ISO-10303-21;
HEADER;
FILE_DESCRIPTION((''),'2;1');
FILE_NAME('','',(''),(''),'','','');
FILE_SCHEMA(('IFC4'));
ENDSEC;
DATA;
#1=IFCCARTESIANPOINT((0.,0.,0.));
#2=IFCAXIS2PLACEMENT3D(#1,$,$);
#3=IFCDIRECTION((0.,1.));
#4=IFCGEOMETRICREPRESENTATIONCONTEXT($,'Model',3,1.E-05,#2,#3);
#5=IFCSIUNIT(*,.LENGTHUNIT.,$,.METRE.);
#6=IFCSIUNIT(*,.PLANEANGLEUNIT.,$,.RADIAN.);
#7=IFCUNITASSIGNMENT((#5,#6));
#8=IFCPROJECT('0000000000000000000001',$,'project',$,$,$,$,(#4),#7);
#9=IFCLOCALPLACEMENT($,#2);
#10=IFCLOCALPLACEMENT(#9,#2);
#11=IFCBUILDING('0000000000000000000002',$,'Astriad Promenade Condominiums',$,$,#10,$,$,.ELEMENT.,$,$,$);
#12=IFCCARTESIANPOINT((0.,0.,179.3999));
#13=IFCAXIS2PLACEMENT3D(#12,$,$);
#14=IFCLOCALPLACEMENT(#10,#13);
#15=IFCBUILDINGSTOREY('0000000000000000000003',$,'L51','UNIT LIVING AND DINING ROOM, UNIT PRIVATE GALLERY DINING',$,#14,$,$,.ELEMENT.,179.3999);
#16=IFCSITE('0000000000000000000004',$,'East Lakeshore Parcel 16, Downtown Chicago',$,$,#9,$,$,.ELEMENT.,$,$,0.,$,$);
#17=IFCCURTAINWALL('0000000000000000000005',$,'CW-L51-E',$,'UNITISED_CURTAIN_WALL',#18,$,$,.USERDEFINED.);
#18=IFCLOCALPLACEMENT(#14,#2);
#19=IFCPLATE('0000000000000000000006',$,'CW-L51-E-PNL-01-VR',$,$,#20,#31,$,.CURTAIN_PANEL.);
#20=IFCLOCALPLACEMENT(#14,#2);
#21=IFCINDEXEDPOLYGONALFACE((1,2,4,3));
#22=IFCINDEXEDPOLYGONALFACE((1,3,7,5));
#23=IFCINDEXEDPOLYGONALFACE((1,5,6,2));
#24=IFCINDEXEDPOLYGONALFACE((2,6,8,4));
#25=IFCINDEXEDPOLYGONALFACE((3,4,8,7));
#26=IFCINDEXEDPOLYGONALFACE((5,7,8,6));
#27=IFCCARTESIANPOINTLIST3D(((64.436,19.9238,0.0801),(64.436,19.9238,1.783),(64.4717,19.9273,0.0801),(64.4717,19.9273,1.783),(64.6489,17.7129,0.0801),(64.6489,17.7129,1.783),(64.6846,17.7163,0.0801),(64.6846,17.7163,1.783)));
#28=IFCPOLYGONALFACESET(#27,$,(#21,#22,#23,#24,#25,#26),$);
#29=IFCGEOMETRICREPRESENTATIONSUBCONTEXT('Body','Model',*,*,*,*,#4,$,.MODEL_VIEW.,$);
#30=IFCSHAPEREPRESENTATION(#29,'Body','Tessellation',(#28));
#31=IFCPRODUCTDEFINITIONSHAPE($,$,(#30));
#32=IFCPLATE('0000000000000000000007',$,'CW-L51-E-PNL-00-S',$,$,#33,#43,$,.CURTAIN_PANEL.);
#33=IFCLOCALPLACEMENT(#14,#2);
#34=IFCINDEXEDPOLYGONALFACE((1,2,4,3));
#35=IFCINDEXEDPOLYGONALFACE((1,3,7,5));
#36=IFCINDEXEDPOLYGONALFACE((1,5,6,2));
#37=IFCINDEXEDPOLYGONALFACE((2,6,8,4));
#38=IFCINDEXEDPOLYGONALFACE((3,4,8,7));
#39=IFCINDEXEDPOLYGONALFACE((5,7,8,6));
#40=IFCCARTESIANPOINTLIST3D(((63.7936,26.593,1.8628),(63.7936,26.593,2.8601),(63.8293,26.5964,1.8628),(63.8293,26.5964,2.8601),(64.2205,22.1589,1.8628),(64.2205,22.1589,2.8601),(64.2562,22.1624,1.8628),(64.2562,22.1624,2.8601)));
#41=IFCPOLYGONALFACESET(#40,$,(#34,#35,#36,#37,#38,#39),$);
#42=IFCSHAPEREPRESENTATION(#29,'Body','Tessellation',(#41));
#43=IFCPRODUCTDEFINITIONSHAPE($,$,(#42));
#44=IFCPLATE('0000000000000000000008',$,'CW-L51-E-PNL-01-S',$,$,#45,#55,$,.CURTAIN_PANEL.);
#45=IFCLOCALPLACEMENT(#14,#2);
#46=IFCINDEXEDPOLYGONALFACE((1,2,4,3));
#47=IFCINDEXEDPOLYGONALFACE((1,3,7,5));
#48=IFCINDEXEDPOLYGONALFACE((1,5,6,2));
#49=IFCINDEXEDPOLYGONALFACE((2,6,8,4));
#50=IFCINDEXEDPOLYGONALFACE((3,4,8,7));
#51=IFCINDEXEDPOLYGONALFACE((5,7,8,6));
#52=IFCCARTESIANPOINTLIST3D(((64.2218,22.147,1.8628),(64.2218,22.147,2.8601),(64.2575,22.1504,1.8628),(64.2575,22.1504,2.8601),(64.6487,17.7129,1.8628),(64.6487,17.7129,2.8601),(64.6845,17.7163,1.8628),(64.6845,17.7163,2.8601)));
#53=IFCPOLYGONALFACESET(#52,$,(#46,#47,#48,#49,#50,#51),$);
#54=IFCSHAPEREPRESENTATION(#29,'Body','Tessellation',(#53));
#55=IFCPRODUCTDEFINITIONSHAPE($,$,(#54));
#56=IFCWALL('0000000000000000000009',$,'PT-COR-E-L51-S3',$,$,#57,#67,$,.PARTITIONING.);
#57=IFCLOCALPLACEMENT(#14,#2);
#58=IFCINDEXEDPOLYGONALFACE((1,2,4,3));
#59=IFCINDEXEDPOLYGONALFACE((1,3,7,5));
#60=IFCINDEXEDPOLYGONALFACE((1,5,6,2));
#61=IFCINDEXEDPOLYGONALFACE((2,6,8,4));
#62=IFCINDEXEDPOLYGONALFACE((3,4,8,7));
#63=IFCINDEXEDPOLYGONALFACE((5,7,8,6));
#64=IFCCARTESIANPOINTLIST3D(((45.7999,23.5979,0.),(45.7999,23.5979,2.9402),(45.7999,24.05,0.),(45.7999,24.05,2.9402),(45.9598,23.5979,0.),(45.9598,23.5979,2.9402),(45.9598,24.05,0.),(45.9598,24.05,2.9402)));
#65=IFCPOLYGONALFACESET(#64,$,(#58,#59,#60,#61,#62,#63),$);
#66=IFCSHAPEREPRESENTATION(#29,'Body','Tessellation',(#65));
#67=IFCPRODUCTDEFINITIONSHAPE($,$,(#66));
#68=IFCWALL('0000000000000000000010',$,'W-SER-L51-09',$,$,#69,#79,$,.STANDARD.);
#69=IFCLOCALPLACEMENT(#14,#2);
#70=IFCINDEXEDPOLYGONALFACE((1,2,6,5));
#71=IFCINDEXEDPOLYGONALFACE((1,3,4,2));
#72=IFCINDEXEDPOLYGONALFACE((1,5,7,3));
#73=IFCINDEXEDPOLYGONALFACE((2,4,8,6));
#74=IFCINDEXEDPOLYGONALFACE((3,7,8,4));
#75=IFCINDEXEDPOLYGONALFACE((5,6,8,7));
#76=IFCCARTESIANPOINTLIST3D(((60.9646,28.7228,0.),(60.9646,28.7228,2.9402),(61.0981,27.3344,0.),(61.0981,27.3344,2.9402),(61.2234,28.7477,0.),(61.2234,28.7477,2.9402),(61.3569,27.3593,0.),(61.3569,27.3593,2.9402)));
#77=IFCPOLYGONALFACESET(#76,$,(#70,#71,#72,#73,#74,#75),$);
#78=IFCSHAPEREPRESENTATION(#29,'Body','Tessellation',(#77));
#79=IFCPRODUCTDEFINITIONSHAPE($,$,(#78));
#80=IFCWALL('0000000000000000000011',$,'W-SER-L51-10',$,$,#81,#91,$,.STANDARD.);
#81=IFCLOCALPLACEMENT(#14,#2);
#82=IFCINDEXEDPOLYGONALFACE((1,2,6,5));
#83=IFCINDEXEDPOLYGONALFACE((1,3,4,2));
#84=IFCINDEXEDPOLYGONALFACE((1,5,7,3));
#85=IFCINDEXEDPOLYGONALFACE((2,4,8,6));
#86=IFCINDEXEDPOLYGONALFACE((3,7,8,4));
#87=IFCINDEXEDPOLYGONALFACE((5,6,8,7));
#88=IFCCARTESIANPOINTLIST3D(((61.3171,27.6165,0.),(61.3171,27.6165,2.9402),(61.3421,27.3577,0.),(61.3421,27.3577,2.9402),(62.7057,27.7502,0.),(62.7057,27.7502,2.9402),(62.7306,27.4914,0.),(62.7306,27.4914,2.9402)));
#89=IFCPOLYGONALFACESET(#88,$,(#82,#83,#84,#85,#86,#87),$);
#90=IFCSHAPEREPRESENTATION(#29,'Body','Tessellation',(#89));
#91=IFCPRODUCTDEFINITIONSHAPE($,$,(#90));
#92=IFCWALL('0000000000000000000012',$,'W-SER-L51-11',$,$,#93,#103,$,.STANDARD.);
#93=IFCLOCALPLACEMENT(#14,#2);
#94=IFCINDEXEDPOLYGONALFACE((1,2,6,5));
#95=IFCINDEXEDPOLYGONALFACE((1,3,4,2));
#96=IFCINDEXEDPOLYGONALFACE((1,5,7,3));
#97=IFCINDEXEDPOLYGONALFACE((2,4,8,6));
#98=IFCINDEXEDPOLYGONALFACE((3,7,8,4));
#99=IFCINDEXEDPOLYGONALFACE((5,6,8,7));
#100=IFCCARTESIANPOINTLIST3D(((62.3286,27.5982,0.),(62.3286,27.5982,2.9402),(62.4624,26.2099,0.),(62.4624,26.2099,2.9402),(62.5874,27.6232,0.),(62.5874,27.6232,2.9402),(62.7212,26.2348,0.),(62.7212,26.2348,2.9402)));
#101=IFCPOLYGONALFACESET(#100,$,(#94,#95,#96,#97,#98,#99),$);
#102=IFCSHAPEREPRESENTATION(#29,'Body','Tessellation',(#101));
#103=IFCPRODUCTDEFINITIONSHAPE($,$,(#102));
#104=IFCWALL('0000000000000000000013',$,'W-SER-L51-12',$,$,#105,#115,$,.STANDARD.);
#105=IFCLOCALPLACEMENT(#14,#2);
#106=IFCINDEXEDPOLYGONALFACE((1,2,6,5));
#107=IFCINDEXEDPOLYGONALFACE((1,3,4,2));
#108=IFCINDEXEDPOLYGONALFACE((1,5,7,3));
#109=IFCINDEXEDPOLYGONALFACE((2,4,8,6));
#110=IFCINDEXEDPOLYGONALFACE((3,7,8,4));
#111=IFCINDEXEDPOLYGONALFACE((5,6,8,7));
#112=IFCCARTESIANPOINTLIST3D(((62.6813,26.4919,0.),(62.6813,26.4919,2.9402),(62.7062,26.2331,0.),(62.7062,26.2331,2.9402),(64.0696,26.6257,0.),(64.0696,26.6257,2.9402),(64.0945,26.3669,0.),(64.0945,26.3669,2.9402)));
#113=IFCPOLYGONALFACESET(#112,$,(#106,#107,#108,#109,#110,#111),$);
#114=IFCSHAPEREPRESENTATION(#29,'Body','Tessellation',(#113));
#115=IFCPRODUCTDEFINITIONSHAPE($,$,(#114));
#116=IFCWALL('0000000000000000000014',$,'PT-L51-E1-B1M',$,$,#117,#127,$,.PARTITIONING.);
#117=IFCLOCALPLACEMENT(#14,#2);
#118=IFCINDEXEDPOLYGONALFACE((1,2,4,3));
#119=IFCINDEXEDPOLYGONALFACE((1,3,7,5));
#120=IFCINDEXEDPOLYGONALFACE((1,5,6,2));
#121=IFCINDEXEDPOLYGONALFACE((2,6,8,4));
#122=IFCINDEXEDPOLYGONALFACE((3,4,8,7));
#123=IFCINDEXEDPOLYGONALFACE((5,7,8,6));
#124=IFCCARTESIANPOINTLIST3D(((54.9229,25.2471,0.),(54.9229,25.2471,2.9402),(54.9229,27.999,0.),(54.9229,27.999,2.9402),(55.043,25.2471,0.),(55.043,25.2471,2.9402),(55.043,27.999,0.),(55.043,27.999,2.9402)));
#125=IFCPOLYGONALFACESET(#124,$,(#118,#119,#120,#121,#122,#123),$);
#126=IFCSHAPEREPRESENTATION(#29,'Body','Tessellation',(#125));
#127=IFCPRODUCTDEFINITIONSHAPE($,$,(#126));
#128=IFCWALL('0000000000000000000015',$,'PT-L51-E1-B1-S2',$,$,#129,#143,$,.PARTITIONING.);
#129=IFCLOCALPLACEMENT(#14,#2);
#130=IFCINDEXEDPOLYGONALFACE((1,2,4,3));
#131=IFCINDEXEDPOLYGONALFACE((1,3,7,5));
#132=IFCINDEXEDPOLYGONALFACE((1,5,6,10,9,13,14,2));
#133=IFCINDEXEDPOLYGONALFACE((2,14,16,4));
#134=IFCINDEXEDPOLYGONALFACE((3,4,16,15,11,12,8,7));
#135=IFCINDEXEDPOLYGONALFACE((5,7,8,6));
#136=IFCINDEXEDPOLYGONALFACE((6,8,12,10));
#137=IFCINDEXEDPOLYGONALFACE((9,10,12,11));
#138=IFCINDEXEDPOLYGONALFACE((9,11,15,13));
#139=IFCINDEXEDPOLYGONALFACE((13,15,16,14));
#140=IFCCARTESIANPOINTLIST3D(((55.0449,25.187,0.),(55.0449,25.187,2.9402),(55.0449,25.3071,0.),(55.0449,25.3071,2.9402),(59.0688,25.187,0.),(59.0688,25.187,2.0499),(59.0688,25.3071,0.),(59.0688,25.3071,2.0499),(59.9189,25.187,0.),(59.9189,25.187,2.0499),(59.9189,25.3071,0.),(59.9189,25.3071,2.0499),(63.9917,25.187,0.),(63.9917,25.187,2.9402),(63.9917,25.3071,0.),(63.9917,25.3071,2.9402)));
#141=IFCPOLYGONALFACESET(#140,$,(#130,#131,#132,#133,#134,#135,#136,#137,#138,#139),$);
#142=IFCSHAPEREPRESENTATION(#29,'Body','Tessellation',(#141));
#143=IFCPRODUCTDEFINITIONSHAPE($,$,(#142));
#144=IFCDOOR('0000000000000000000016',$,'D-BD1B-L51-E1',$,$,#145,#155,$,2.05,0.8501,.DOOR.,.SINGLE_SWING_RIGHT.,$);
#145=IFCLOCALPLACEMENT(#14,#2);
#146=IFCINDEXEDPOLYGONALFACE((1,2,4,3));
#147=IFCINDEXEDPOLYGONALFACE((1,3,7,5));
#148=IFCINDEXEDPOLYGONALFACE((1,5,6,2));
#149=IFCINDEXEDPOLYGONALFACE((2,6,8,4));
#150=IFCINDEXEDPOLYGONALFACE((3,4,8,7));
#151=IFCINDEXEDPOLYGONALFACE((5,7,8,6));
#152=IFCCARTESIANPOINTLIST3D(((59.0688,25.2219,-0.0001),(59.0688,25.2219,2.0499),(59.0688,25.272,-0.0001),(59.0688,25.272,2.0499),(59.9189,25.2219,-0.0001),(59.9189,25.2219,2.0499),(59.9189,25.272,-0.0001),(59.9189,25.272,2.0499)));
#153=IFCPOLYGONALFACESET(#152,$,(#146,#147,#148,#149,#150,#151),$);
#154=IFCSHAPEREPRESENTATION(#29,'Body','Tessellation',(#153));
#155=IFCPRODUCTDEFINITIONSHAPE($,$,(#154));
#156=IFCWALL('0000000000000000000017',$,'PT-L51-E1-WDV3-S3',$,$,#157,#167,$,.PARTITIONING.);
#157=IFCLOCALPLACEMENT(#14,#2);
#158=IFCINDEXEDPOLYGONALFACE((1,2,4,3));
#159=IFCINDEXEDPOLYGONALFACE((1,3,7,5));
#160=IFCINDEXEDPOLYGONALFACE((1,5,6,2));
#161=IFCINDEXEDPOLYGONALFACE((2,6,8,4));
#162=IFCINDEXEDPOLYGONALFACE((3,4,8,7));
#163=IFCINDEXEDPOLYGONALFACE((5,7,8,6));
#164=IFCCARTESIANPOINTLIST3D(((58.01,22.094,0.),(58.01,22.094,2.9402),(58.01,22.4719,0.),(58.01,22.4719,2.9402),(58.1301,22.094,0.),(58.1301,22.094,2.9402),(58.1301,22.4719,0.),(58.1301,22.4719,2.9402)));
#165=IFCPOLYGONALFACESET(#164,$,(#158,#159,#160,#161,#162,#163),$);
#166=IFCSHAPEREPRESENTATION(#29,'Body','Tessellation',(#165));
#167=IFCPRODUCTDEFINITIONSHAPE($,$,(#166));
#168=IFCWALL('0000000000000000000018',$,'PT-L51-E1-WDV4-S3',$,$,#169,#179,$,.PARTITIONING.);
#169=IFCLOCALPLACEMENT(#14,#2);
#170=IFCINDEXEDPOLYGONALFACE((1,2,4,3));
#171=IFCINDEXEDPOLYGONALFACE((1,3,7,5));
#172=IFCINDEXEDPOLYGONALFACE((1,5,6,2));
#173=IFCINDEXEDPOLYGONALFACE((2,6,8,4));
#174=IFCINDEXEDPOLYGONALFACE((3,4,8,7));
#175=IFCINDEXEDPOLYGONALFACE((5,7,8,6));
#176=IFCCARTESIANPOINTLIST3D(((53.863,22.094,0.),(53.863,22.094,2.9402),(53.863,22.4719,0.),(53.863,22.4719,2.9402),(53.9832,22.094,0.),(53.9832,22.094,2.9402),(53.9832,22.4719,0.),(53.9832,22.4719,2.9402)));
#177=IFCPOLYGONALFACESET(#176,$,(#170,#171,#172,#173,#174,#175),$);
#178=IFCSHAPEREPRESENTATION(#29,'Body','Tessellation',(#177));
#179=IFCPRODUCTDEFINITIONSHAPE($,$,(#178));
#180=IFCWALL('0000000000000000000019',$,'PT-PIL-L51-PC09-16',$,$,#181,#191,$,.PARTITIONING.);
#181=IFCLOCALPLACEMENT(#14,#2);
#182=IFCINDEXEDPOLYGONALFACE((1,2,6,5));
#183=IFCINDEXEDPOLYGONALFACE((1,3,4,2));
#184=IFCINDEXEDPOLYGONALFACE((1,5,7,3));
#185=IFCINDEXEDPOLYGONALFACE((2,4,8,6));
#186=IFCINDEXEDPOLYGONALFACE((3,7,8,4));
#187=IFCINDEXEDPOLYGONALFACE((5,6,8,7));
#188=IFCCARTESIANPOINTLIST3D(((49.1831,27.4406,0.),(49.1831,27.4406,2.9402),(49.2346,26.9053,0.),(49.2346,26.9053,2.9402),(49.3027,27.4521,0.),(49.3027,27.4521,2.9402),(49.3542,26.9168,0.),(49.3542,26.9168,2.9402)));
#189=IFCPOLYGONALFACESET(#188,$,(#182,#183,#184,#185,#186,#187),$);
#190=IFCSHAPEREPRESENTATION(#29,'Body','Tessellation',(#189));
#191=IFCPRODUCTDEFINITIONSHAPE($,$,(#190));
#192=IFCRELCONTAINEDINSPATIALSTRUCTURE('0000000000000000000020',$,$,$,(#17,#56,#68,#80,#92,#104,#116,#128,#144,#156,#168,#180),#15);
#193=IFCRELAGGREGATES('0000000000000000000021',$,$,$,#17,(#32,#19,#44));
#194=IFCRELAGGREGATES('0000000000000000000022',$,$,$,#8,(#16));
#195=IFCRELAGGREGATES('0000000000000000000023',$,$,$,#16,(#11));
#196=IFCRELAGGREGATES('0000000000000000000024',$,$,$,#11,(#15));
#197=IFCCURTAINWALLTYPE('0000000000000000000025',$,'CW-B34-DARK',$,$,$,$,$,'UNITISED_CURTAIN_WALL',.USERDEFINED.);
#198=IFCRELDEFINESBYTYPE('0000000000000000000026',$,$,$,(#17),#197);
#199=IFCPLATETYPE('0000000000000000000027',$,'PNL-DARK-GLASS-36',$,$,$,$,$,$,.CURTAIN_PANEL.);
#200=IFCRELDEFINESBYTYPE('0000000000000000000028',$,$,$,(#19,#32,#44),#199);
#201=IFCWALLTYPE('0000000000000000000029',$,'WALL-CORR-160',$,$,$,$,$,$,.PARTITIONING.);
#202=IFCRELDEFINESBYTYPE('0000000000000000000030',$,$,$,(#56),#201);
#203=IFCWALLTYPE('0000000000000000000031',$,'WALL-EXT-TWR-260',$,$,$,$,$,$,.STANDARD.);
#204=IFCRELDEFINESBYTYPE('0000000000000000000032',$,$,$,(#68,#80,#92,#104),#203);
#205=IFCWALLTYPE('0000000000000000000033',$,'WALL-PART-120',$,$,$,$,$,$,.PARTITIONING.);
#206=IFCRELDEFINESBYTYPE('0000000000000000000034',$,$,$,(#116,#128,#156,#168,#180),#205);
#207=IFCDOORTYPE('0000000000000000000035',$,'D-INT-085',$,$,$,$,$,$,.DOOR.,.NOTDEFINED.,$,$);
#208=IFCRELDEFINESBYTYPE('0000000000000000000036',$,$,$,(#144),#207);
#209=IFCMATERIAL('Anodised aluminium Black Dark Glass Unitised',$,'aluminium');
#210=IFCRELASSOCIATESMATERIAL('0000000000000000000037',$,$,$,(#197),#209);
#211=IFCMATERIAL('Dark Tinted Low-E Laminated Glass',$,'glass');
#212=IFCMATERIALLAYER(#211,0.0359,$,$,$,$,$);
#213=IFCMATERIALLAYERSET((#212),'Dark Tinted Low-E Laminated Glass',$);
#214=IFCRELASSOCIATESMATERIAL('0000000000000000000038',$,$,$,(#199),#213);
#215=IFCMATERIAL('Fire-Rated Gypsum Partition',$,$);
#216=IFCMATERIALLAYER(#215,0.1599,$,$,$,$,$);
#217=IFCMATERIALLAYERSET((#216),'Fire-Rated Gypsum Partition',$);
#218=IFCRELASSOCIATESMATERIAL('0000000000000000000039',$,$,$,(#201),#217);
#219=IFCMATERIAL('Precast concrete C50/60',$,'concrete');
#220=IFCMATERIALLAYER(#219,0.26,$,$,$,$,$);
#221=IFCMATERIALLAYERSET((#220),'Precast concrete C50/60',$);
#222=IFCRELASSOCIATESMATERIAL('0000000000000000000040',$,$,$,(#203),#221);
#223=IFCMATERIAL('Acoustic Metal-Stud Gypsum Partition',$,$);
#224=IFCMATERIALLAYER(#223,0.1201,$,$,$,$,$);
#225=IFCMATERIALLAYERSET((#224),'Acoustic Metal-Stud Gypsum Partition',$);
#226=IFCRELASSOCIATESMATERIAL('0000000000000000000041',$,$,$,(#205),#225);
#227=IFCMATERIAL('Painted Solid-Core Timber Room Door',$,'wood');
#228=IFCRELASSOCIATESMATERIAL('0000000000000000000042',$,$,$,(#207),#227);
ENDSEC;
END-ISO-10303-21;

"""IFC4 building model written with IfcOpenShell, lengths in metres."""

from ifc_helpers import new_model, si_unit, direction, frame, frame_2d, origin, origin_2d, place, context, subcontext, project, spatial, rectangle, extrude, source, transform, mapped, material, layer, layer_set, type_object, type_shapes, element, fill, aggregate, save


model = new_model("IFC4")

# Units and contexts
model_context = context("Model", 3, precision=1e-05, world=origin(), true_north=direction((0.0, 1.0)))
body_context = subcontext(model_context, "Body", "Model", "MODEL_VIEW")
ifc_project = project(units=[si_unit("LENGTHUNIT", "METRE"), si_unit("PLANEANGLEUNIT", "RADIAN")], contexts=[model_context])

# Site, building, storey
site_placement = place(None, origin())
site = spatial("IfcSite", under=ifc_project, at=site_placement, Name="East Lakeshore Parcel 16, Downtown Chicago", CompositionType="ELEMENT", RefElevation=0.0)
building_placement = place(site_placement, origin())
building = spatial("IfcBuilding", under=site, at=building_placement, Name="Astriad Promenade Condominiums", CompositionType="ELEMENT")
storey_placement = place(building_placement, frame((0.0, 0.0, 179.3999)))
storey = spatial("IfcBuildingStorey", under=building, at=storey_placement, Name="L51", Description="UNIT LIVING AND DINING ROOM, UNIT PRIVATE GALLERY DINING", CompositionType="ELEMENT", Elevation=179.3999)

# Curtain wall, plates
ifc_material_1 = material(Name="Anodised aluminium Black Dark Glass Unitised", Category="aluminium")
curtain_wall_type = type_object("IfcCurtainWallType", Name="CW-B34-DARK", ElementType="UNITISED_CURTAIN_WALL", PredefinedType="USERDEFINED", material=ifc_material_1)
curtain_wall_placement = place(storey_placement, origin())
curtain_wall = element("IfcCurtainWall", 1, at=curtain_wall_placement, inside=storey, type_object=curtain_wall_type, Name="CW-L51-E", ObjectType="UNITISED_CURTAIN_WALL", PredefinedType="USERDEFINED")
ifc_material_2 = material(Name="Dark Tinted Low-E Laminated Glass", Category="glass")
ifc_layer_1 = layer(ifc_material_2, 0.0359)
ifc_layer_set_1 = layer_set([ifc_layer_1], Name="Dark Tinted Low-E Laminated Glass")
plate_type = type_object("IfcPlateType", Name="PNL-DARK-GLASS-36", PredefinedType="CURTAIN_PANEL", material=ifc_layer_set_1)
shared_shape_1 = source(origin(), body_context, "Body", "SweptSolid", [
    extrude(rectangle(XDim=2.2212, YDim=0.0359, at=origin_2d()), origin(), (0.0, 0.0, 1.0), 1.7029),
])
plate_1_placement = place(storey_placement, frame((64.5603, 18.8201, 0.0801), z_axis=(0.0, 0.0, 1.0), x_axis=(0.095846, -0.995396, 0.0)))
plate_1 = element("IfcPlate", 2, at=plate_1_placement, type_object=plate_type, Name="CW-L51-E-PNL-01-VR", PredefinedType="CURTAIN_PANEL", context=body_context, shape_type="MappedRepresentation", body=[
    mapped(shared_shape_1, transform((0.0, 0.0, 0.0), scale=1.0)),
])
shared_shape_2 = source(origin(), body_context, "Body", "SweptSolid", [
    extrude(rectangle(XDim=4.4546, YDim=0.0359, at=origin_2d()), origin(), (0.0, 0.0, 1.0), 0.9973),
])
type_shapes(plate_type, [shared_shape_1, shared_shape_2])
plate_2_placement = place(storey_placement, frame((64.0249, 24.3777, 1.8628), z_axis=(0.0, 0.0, 1.0), x_axis=(0.095846, -0.995396, 0.0)))
plate_2 = element("IfcPlate", 3, at=plate_2_placement, type_object=plate_type, Name="CW-L51-E-PNL-00-S", PredefinedType="CURTAIN_PANEL", context=body_context, shape_type="MappedRepresentation", body=[
    mapped(shared_shape_2, transform((0.0, 0.0, 0.0), scale=1.0)),
])
plate_3_placement = place(storey_placement, frame((64.4531, 19.9316, 1.8628), z_axis=(0.0, 0.0, 1.0), x_axis=(0.095846, -0.995396, 0.0)))
plate_3 = element("IfcPlate", 4, at=plate_3_placement, type_object=plate_type, Name="CW-L51-E-PNL-01-S", PredefinedType="CURTAIN_PANEL", context=body_context, shape_type="MappedRepresentation", body=[
    mapped(shared_shape_2, transform((0.0, 0.0, 0.0), scale=1.0)),
])
aggregate(curtain_wall, [plate_2, plate_1, plate_3])

# Walls
ifc_material_3 = material(Name="Fire-Rated Gypsum Partition")
ifc_layer_2 = layer(ifc_material_3, 0.1599)
ifc_layer_set_2 = layer_set([ifc_layer_2], Name="Fire-Rated Gypsum Partition")
wall_type_1 = type_object("IfcWallType", Name="WALL-CORR-160", PredefinedType="PARTITIONING", material=ifc_layer_set_2)
wall_1_placement = place(storey_placement, frame((45.8799, 23.5979, 0.0), z_axis=(0.0, 0.0, 1.0), x_axis=(0.0, 1.0, 0.0)))
element("IfcWall", 5, at=wall_1_placement, inside=storey, type_object=wall_type_1, Name="PT-COR-E-L51-S3", PredefinedType="PARTITIONING", context=body_context, shape_type="SweptSolid", body=[
    extrude(rectangle(XDim=0.4521, YDim=0.1599, at=frame_2d((0.2261, 0.0))), origin(), (0.0, 0.0, 1.0), 2.9402),
])
ifc_material_4 = material(Name="Precast concrete C50/60", Category="concrete")
ifc_layer_3 = layer(ifc_material_4, 0.26)
ifc_layer_set_3 = layer_set([ifc_layer_3], Name="Precast concrete C50/60")
wall_type_2 = type_object("IfcWallType", Name="WALL-EXT-TWR-260", PredefinedType="STANDARD", material=ifc_layer_set_3)
wall_2_placement = place(storey_placement, frame((61.094, 28.7351, 0.0), z_axis=(0.0, 0.0, 1.0), x_axis=(0.095742, -0.995406, 0.0)))
element("IfcWall", 6, at=wall_2_placement, inside=storey, type_object=wall_type_2, Name="W-SER-L51-09", PredefinedType="STANDARD", context=body_context, shape_type="SweptSolid", body=[
    extrude(rectangle(XDim=1.3948, YDim=0.26, at=frame_2d((0.6973, 0.0))), origin(), (0.0, 0.0, 1.0), 2.9402),
])
wall_3_placement = place(storey_placement, frame((61.3296, 27.4871, 0.0), z_axis=(0.0, 0.0, 1.0), x_axis=(0.995391, 0.095899, 0.0)))
element("IfcWall", 7, at=wall_3_placement, inside=storey, type_object=wall_type_2, Name="W-SER-L51-10", PredefinedType="STANDARD", context=body_context, shape_type="SweptSolid", body=[
    extrude(rectangle(XDim=1.395, YDim=0.26, at=frame_2d((0.6975, 0.0))), origin(), (0.0, 0.0, 1.0), 2.9402),
])
for number, where, z_axis, x_axis, name in (
    (8, (62.458, 27.6106, 0.0), (0.0, 0.0, 1.0), (0.095916, -0.995389, 0.0), "W-SER-L51-11"),
    (9, (62.6938, 26.3625, 0.0), (0.0, 0.0, 1.0), (0.995389, 0.095916, 0.0), "W-SER-L51-12"),
):
    element("IfcWall", number, at=place(storey_placement, frame(where, z_axis=z_axis, x_axis=x_axis)), inside=storey, type_object=wall_type_2, Name=name, PredefinedType="STANDARD", context=body_context, shape_type="SweptSolid", body=[
        extrude(rectangle(XDim=1.3948, YDim=0.26, at=frame_2d((0.6973, 0.0))), origin(), (0.0, 0.0, 1.0), 2.9402),
    ])
ifc_material_5 = material(Name="Acoustic Metal-Stud Gypsum Partition")
ifc_layer_4 = layer(ifc_material_5, 0.1201)
ifc_layer_set_4 = layer_set([ifc_layer_4], Name="Acoustic Metal-Stud Gypsum Partition")
wall_type_3 = type_object("IfcWallType", Name="WALL-PART-120", PredefinedType="PARTITIONING", material=ifc_layer_set_4)
wall_4_placement = place(storey_placement, frame((54.9829, 25.2471, 0.0), z_axis=(0.0, 0.0, 1.0), x_axis=(0.0, 1.0, 0.0)))
element("IfcWall", 10, at=wall_4_placement, inside=storey, type_object=wall_type_3, Name="PT-L51-E1-B1M", PredefinedType="PARTITIONING", context=body_context, shape_type="SweptSolid", body=[
    extrude(rectangle(XDim=2.752, YDim=0.1201, at=frame_2d((1.376, 0.0))), origin(), (0.0, 0.0, 1.0), 2.9402),
])

# Wall, opening, door
wall_5_placement = place(storey_placement, frame((55.0449, 25.2471, 0.0), z_axis=(0.0, 0.0, 1.0), x_axis=(1.0, 0.0, 0.0)))
wall_5 = element("IfcWall", 11, at=wall_5_placement, inside=storey, type_object=wall_type_3, Name="PT-L51-E1-B1-S2", PredefinedType="PARTITIONING", context=body_context, shape_type="SweptSolid", body=[
    extrude(rectangle(XDim=8.9468, YDim=0.1201, at=frame_2d((4.4734, 0.0))), origin(), (0.0, 0.0, 1.0), 2.9402),
])
opening_placement = place(wall_5_placement, frame((4.0239, 0.0, 0.0)))
opening = element("IfcOpeningElement", 12, at=opening_placement, cuts=wall_5, PredefinedType="OPENING", context=body_context, shape_type="SweptSolid", body=[
    extrude(rectangle(XDim=0.8501, YDim=2.05, at=frame_2d((0.425, 1.0249))), frame((0.0, 0.0701, 0.0), z_axis=(0.0, -1.0, 0.0), x_axis=(1.0, 0.0, 0.0)), (0.0, 0.0, 1.0), 0.1401),
])
ifc_material_6 = material(Name="Painted Solid-Core Timber Room Door", Category="wood")
door_type = type_object("IfcDoorType", Name="D-INT-085", OperationType="NOTDEFINED", PredefinedType="DOOR", material=ifc_material_6)
shared_shape_3 = source(origin(), body_context, "Body", "SweptSolid", [
    extrude(rectangle(XDim=0.8501, YDim=2.05, at=frame_2d((0.425, 1.0249))), frame((0.0, 0.0249, 0.0), z_axis=(0.0, -1.0, 0.0), x_axis=(1.0, 0.0, 0.0)), (0.0, 0.0, 1.0), 0.05),
])
type_shapes(door_type, [shared_shape_3])
door_placement = place(opening_placement, origin())
door = element("IfcDoor", 13, at=door_placement, inside=storey, type_object=door_type, Name="D-BD1B-L51-E1", OperationType="SINGLE_SWING_RIGHT", OverallHeight=2.05, OverallWidth=0.8501, PredefinedType="DOOR", context=body_context, shape_type="MappedRepresentation", body=[
    mapped(shared_shape_3, transform((0.0, 0.0, 0.0), scale=1.0)),
])
fill(opening, door)

# Walls
for number, where, z_axis, x_axis, name in (
    (14, (58.0701, 22.094, 0.0), (0.0, 0.0, 1.0), (0.0, 1.0, 0.0), "PT-L51-E1-WDV3-S3"),
    (15, (53.9231, 22.094, 0.0), (0.0, 0.0, 1.0), (0.0, 1.0, 0.0), "PT-L51-E1-WDV4-S3"),
):
    element("IfcWall", number, at=place(storey_placement, frame(where, z_axis=z_axis, x_axis=x_axis)), inside=storey, type_object=wall_type_3, Name=name, PredefinedType="PARTITIONING", context=body_context, shape_type="SweptSolid", body=[
        extrude(rectangle(XDim=0.3779, YDim=0.1201, at=frame_2d((0.189, 0.0))), origin(), (0.0, 0.0, 1.0), 2.9402),
    ])
wall_6_placement = place(storey_placement, frame((49.2944, 26.9109, 0.0), z_axis=(0.0, 0.0, 1.0), x_axis=(-0.095773, 0.995403, 0.0)))
element("IfcWall", 16, at=wall_6_placement, inside=storey, type_object=wall_type_3, Name="PT-PIL-L51-PC09-16", PredefinedType="PARTITIONING", context=body_context, shape_type="SweptSolid", body=[
    extrude(rectangle(XDim=0.5378, YDim=0.1201, at=frame_2d((0.269, 0.0))), origin(), (0.0, 0.0, 1.0), 2.9402),
])

save(model, "model.ifc")
